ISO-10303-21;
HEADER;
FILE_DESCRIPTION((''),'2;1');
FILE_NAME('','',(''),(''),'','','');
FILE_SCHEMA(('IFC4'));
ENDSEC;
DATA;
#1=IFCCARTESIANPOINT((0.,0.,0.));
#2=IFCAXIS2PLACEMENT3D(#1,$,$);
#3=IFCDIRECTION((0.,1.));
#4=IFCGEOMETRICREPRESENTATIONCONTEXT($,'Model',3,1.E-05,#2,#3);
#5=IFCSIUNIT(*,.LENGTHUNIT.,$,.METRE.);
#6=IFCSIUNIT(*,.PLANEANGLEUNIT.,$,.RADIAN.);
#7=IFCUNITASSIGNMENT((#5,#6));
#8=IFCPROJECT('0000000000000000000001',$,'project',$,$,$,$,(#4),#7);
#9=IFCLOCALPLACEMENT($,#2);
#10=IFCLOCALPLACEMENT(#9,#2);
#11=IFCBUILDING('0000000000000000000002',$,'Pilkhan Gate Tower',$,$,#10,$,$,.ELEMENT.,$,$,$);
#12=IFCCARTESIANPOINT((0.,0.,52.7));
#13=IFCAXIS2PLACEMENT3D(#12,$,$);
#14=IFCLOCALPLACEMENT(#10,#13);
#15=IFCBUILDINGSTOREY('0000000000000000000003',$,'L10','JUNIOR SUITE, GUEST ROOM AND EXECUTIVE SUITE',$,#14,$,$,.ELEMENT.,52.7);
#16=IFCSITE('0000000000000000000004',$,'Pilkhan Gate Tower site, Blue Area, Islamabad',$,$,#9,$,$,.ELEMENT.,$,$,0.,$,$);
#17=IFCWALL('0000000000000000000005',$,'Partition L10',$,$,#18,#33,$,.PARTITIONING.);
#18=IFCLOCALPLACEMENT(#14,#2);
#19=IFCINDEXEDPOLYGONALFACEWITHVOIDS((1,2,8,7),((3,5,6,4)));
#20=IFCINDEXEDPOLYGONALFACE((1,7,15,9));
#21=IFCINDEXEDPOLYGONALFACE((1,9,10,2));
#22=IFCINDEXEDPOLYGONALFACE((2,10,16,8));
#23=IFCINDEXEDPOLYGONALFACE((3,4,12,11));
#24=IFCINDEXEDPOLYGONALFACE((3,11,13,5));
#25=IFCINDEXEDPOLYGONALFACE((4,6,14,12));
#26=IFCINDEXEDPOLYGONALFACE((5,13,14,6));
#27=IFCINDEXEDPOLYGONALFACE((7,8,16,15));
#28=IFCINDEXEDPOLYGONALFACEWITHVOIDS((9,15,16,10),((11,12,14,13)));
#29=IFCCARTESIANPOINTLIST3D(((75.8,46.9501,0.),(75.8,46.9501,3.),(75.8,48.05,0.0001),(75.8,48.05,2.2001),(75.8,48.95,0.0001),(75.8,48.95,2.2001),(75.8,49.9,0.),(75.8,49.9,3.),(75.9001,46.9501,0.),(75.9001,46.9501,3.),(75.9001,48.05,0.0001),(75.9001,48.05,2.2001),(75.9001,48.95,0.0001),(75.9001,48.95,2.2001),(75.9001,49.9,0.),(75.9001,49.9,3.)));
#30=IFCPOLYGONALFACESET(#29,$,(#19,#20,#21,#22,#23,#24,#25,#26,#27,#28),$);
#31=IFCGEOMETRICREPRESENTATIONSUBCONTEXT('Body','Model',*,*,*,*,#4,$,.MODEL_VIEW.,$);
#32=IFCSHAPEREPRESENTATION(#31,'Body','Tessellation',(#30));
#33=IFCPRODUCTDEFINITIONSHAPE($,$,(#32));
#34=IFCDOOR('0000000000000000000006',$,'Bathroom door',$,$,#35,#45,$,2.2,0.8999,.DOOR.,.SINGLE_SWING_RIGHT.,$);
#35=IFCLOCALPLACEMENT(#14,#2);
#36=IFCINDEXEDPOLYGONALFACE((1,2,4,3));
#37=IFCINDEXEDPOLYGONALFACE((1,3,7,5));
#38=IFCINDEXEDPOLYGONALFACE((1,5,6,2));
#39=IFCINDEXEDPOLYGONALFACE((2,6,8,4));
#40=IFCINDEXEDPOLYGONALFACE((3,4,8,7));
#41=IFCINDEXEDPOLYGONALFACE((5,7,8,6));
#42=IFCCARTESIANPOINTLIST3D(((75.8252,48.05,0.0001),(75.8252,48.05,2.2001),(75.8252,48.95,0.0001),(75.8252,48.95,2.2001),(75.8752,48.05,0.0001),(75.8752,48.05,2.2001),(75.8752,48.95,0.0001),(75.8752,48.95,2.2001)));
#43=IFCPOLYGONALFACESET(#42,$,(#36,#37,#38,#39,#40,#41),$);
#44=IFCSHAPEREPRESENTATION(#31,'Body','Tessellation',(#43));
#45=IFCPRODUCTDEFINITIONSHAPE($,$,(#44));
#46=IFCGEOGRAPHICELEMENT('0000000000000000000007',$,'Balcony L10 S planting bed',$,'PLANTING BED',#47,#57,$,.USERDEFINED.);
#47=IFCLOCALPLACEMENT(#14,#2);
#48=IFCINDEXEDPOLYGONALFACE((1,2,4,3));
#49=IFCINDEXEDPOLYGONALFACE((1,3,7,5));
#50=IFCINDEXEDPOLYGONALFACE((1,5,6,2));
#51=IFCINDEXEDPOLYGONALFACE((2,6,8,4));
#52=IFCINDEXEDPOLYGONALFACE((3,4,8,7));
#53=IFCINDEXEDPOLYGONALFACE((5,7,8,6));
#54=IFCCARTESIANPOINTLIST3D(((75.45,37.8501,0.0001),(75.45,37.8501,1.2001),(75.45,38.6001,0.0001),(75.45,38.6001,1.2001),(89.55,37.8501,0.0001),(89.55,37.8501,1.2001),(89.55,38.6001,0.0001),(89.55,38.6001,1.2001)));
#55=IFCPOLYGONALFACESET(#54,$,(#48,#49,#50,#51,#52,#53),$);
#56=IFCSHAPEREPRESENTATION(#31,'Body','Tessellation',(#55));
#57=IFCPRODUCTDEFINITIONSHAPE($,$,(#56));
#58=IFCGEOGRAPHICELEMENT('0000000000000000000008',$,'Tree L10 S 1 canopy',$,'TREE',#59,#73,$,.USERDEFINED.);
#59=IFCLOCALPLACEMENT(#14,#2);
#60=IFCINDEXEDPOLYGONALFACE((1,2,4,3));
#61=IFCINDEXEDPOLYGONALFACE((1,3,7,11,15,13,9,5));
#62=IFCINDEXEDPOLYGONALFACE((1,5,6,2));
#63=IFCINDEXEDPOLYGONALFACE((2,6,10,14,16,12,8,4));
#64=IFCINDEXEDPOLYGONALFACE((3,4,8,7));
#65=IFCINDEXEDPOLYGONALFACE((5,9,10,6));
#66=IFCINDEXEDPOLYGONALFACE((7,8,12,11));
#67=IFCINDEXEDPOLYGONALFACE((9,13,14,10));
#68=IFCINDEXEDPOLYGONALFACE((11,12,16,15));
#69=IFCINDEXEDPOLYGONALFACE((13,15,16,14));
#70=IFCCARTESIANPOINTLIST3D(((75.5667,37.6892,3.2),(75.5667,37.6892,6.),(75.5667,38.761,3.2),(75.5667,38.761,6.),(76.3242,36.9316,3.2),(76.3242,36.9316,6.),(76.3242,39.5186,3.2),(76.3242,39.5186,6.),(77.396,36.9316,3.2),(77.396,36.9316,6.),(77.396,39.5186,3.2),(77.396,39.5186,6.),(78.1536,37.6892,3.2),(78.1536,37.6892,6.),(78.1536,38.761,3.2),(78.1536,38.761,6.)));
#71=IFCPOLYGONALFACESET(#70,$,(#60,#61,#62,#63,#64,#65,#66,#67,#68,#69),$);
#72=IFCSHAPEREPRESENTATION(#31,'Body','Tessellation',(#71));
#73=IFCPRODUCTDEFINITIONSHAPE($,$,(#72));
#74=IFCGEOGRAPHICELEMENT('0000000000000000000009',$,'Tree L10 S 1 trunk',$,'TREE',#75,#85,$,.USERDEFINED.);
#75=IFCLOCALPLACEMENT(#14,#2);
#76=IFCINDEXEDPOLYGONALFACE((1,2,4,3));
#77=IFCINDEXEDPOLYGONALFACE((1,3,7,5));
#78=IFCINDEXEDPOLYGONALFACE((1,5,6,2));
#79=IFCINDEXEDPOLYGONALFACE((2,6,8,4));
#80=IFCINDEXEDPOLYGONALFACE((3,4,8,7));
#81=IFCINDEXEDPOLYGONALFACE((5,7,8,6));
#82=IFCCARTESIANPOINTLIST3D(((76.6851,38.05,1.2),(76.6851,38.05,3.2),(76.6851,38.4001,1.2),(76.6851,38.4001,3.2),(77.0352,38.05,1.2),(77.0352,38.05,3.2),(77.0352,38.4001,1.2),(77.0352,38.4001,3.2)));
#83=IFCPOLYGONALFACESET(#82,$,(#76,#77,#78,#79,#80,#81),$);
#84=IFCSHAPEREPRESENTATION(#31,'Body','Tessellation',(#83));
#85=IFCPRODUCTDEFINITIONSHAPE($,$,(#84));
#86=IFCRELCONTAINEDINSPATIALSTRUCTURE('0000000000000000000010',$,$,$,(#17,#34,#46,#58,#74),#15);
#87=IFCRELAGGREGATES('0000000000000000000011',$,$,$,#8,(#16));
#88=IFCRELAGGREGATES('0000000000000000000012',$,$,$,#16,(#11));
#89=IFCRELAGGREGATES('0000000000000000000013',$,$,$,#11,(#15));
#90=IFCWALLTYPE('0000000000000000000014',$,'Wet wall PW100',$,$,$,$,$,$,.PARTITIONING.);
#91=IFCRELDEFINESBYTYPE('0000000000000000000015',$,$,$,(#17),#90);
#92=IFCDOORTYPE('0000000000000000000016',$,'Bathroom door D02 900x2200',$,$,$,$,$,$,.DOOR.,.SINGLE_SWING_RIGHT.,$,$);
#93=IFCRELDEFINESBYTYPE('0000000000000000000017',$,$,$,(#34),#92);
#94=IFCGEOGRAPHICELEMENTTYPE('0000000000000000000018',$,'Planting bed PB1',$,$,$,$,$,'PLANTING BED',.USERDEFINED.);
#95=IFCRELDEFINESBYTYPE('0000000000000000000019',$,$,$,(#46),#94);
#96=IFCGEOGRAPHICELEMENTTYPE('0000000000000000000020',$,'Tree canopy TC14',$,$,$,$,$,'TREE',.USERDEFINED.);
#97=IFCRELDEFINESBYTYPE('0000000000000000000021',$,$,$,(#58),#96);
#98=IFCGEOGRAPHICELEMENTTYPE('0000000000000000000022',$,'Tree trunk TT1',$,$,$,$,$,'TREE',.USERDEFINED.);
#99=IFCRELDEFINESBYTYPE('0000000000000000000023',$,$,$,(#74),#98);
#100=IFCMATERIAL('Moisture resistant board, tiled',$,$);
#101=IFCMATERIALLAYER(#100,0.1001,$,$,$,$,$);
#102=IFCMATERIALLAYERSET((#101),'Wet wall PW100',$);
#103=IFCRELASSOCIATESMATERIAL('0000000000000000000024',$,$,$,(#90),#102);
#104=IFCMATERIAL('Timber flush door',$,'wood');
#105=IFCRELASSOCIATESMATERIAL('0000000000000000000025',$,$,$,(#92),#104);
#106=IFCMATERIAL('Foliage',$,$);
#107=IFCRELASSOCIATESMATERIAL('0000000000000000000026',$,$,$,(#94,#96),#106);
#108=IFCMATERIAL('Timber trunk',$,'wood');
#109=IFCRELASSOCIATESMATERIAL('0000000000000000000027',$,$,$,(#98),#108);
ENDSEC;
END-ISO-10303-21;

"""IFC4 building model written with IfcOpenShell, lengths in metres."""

from ifc_helpers import new_model, si_unit, direction, frame, frame_2d, origin, origin_2d, place, context, subcontext, project, spatial, polyline, rectangle, outline, extrude, material, layer, layer_set, material_profile, profile_set, type_object, element, fill, save


model = new_model("IFC4")

# Units and contexts
model_context = context("Model", 3, precision=1e-05, world=origin(), true_north=direction((0.0, 1.0)))
body_context = subcontext(model_context, "Body", "Model", "MODEL_VIEW")
ifc_project = project(units=[si_unit("LENGTHUNIT", "METRE"), si_unit("PLANEANGLEUNIT", "RADIAN")], contexts=[model_context])

# Site, building, storey
site_placement = place(None, origin())
site = spatial("IfcSite", under=ifc_project, at=site_placement, Name="Pilkhan Gate Tower site, Blue Area, Islamabad", CompositionType="ELEMENT", RefElevation=0.0)
building_placement = place(site_placement, origin())
building = spatial("IfcBuilding", under=site, at=building_placement, Name="Pilkhan Gate Tower", CompositionType="ELEMENT")
storey_placement = place(building_placement, frame((0.0, 0.0, 52.7)))
storey = spatial("IfcBuildingStorey", under=building, at=storey_placement, Name="L10", Description="JUNIOR SUITE, GUEST ROOM AND EXECUTIVE SUITE", CompositionType="ELEMENT", Elevation=52.7)

# Shared definitions
ifc_material_1 = material(Name="Moisture resistant board, tiled")
ifc_layer_1 = layer(ifc_material_1, 0.1001)
ifc_layer_set_1 = layer_set([ifc_layer_1], Name="Wet wall PW100")
wall_type_1 = type_object("IfcWallType", Name="Wet wall PW100", PredefinedType="PARTITIONING", material=ifc_layer_set_1)

# Wall, opening, door
wall_1_placement = place(storey_placement, frame((75.8501, 46.95, 0.0), z_axis=(0.0, 0.0, 1.0), x_axis=(0.0, 1.0, 0.0)))
wall_1 = element("IfcWall", 1, at=wall_1_placement, inside=storey, type_object=wall_type_1, Name="Partition L10", PredefinedType="PARTITIONING", context=body_context, shape_type="SweptSolid", body=[
    extrude(rectangle(XDim=2.95, YDim=0.1001, at=frame_2d((1.4751, 0.0))), origin(), (0.0, 0.0, 1.0), 3.0),
])
opening_placement = place(wall_1_placement, frame((1.1001, 0.0, 0.0)))
opening = element("IfcOpeningElement", 2, at=opening_placement, cuts=wall_1, PredefinedType="OPENING", context=body_context, shape_type="SweptSolid", body=[
    extrude(rectangle(XDim=0.8999, YDim=2.2, at=frame_2d((0.45, 1.1001))), frame((0.0, 0.0601, 0.0), z_axis=(0.0, -1.0, 0.0), x_axis=(1.0, 0.0, 0.0)), (0.0, 0.0, 1.0), 0.1201),
])
ifc_material_2 = material(Name="Timber flush door", Category="wood")
door_type = type_object("IfcDoorType", Name="Bathroom door D02 900x2200", OperationType="SINGLE_SWING_RIGHT", PredefinedType="DOOR", material=ifc_material_2)
door_placement = place(opening_placement, origin())
door = element("IfcDoor", 3, at=door_placement, inside=storey, type_object=door_type, Name="Bathroom door", OperationType="SINGLE_SWING_RIGHT", OverallHeight=2.2, OverallWidth=0.8999, PredefinedType="DOOR", context=body_context, shape_type="SweptSolid", body=[
    extrude(rectangle(XDim=0.8999, YDim=2.2, at=frame_2d((0.45, 1.1001))), frame((0.0, 0.0249, 0.0), z_axis=(0.0, -1.0, 0.0), x_axis=(1.0, 0.0, 0.0)), (0.0, 0.0, 1.0), 0.05),
])
fill(opening, door)

# Geographic elements
ifc_material_3 = material(Name="Foliage")
ifc_material_profile_1 = material_profile(ifc_material_3, rectangle(XDim=0.75, YDim=1.2, at=origin_2d()), Name="Bed 750x1200")
ifc_profile_set_1 = profile_set([ifc_material_profile_1], Name="Foliage")
geographic_element_type_1 = type_object("IfcGeographicElementType", Name="Planting bed PB1", ElementType="PLANTING BED", PredefinedType="USERDEFINED", material=ifc_profile_set_1)
geographic_element_1_placement = place(storey_placement, frame((75.45, 38.2251, 0.6001), z_axis=(1.0, 0.0, 0.0), x_axis=(0.0, 1.0, 0.0)))
element("IfcGeographicElement", 4, at=geographic_element_1_placement, inside=storey, type_object=geographic_element_type_1, Name="Balcony L10 S planting bed", ObjectType="PLANTING BED", PredefinedType="USERDEFINED", context=body_context, shape_type="SweptSolid", body=[
    extrude(rectangle(XDim=0.75, YDim=1.2, at=origin_2d()), origin(), (0.0, 0.0, 1.0), 14.1001),
])
ifc_material_profile_2 = material_profile(ifc_material_3, outline(polyline([(1.2935, 0.5359), (0.5359, 1.2935), (-0.5359, 1.2935), (-1.2935, 0.5359), (-1.2935, -0.5359), (-0.5359, -1.2935), (0.5359, -1.2935), (1.2935, -0.5359), (1.2935, 0.5359)])), Name="Canopy D2.8")
ifc_profile_set_2 = profile_set([ifc_material_profile_2], Name="Foliage")
geographic_element_type_2 = type_object("IfcGeographicElementType", Name="Tree canopy TC14", ElementType="TREE", PredefinedType="USERDEFINED", material=ifc_profile_set_2)
geographic_element_2_placement = place(storey_placement, frame((76.8601, 38.2251, 3.2), z_axis=(0.0, 0.0, 1.0), x_axis=(1.0, 0.0, 0.0)))
element("IfcGeographicElement", 5, at=geographic_element_2_placement, inside=storey, type_object=geographic_element_type_2, Name="Tree L10 S 1 canopy", ObjectType="TREE", PredefinedType="USERDEFINED", context=body_context, shape_type="SweptSolid", body=[
    extrude(outline(polyline([(1.2935, 0.5359), (0.5359, 1.2935), (-0.5359, 1.2935), (-1.2935, 0.5359), (-1.2935, -0.5359), (-0.5359, -1.2935), (0.5359, -1.2935), (1.2935, -0.5359), (1.2935, 0.5359)])), origin(), (0.0, 0.0, 1.0), 2.8),
])
ifc_material_4 = material(Name="Timber trunk", Category="wood")
geographic_element_type_3 = type_object("IfcGeographicElementType", Name="Tree trunk TT1", ElementType="TREE", PredefinedType="USERDEFINED", material=ifc_material_4)
geographic_element_3_placement = place(storey_placement, frame((76.8601, 38.2251, 1.2), z_axis=(0.0, 0.0, 1.0), x_axis=(1.0, 0.0, 0.0)))
element("IfcGeographicElement", 6, at=geographic_element_3_placement, inside=storey, type_object=geographic_element_type_3, Name="Tree L10 S 1 trunk", ObjectType="TREE", PredefinedType="USERDEFINED", context=body_context, shape_type="SweptSolid", body=[
    extrude(rectangle(XDim=0.3501, YDim=0.3501, at=origin_2d()), origin(), (0.0, 0.0, 1.0), 2.0),
])

save(model, "model.ifc")
